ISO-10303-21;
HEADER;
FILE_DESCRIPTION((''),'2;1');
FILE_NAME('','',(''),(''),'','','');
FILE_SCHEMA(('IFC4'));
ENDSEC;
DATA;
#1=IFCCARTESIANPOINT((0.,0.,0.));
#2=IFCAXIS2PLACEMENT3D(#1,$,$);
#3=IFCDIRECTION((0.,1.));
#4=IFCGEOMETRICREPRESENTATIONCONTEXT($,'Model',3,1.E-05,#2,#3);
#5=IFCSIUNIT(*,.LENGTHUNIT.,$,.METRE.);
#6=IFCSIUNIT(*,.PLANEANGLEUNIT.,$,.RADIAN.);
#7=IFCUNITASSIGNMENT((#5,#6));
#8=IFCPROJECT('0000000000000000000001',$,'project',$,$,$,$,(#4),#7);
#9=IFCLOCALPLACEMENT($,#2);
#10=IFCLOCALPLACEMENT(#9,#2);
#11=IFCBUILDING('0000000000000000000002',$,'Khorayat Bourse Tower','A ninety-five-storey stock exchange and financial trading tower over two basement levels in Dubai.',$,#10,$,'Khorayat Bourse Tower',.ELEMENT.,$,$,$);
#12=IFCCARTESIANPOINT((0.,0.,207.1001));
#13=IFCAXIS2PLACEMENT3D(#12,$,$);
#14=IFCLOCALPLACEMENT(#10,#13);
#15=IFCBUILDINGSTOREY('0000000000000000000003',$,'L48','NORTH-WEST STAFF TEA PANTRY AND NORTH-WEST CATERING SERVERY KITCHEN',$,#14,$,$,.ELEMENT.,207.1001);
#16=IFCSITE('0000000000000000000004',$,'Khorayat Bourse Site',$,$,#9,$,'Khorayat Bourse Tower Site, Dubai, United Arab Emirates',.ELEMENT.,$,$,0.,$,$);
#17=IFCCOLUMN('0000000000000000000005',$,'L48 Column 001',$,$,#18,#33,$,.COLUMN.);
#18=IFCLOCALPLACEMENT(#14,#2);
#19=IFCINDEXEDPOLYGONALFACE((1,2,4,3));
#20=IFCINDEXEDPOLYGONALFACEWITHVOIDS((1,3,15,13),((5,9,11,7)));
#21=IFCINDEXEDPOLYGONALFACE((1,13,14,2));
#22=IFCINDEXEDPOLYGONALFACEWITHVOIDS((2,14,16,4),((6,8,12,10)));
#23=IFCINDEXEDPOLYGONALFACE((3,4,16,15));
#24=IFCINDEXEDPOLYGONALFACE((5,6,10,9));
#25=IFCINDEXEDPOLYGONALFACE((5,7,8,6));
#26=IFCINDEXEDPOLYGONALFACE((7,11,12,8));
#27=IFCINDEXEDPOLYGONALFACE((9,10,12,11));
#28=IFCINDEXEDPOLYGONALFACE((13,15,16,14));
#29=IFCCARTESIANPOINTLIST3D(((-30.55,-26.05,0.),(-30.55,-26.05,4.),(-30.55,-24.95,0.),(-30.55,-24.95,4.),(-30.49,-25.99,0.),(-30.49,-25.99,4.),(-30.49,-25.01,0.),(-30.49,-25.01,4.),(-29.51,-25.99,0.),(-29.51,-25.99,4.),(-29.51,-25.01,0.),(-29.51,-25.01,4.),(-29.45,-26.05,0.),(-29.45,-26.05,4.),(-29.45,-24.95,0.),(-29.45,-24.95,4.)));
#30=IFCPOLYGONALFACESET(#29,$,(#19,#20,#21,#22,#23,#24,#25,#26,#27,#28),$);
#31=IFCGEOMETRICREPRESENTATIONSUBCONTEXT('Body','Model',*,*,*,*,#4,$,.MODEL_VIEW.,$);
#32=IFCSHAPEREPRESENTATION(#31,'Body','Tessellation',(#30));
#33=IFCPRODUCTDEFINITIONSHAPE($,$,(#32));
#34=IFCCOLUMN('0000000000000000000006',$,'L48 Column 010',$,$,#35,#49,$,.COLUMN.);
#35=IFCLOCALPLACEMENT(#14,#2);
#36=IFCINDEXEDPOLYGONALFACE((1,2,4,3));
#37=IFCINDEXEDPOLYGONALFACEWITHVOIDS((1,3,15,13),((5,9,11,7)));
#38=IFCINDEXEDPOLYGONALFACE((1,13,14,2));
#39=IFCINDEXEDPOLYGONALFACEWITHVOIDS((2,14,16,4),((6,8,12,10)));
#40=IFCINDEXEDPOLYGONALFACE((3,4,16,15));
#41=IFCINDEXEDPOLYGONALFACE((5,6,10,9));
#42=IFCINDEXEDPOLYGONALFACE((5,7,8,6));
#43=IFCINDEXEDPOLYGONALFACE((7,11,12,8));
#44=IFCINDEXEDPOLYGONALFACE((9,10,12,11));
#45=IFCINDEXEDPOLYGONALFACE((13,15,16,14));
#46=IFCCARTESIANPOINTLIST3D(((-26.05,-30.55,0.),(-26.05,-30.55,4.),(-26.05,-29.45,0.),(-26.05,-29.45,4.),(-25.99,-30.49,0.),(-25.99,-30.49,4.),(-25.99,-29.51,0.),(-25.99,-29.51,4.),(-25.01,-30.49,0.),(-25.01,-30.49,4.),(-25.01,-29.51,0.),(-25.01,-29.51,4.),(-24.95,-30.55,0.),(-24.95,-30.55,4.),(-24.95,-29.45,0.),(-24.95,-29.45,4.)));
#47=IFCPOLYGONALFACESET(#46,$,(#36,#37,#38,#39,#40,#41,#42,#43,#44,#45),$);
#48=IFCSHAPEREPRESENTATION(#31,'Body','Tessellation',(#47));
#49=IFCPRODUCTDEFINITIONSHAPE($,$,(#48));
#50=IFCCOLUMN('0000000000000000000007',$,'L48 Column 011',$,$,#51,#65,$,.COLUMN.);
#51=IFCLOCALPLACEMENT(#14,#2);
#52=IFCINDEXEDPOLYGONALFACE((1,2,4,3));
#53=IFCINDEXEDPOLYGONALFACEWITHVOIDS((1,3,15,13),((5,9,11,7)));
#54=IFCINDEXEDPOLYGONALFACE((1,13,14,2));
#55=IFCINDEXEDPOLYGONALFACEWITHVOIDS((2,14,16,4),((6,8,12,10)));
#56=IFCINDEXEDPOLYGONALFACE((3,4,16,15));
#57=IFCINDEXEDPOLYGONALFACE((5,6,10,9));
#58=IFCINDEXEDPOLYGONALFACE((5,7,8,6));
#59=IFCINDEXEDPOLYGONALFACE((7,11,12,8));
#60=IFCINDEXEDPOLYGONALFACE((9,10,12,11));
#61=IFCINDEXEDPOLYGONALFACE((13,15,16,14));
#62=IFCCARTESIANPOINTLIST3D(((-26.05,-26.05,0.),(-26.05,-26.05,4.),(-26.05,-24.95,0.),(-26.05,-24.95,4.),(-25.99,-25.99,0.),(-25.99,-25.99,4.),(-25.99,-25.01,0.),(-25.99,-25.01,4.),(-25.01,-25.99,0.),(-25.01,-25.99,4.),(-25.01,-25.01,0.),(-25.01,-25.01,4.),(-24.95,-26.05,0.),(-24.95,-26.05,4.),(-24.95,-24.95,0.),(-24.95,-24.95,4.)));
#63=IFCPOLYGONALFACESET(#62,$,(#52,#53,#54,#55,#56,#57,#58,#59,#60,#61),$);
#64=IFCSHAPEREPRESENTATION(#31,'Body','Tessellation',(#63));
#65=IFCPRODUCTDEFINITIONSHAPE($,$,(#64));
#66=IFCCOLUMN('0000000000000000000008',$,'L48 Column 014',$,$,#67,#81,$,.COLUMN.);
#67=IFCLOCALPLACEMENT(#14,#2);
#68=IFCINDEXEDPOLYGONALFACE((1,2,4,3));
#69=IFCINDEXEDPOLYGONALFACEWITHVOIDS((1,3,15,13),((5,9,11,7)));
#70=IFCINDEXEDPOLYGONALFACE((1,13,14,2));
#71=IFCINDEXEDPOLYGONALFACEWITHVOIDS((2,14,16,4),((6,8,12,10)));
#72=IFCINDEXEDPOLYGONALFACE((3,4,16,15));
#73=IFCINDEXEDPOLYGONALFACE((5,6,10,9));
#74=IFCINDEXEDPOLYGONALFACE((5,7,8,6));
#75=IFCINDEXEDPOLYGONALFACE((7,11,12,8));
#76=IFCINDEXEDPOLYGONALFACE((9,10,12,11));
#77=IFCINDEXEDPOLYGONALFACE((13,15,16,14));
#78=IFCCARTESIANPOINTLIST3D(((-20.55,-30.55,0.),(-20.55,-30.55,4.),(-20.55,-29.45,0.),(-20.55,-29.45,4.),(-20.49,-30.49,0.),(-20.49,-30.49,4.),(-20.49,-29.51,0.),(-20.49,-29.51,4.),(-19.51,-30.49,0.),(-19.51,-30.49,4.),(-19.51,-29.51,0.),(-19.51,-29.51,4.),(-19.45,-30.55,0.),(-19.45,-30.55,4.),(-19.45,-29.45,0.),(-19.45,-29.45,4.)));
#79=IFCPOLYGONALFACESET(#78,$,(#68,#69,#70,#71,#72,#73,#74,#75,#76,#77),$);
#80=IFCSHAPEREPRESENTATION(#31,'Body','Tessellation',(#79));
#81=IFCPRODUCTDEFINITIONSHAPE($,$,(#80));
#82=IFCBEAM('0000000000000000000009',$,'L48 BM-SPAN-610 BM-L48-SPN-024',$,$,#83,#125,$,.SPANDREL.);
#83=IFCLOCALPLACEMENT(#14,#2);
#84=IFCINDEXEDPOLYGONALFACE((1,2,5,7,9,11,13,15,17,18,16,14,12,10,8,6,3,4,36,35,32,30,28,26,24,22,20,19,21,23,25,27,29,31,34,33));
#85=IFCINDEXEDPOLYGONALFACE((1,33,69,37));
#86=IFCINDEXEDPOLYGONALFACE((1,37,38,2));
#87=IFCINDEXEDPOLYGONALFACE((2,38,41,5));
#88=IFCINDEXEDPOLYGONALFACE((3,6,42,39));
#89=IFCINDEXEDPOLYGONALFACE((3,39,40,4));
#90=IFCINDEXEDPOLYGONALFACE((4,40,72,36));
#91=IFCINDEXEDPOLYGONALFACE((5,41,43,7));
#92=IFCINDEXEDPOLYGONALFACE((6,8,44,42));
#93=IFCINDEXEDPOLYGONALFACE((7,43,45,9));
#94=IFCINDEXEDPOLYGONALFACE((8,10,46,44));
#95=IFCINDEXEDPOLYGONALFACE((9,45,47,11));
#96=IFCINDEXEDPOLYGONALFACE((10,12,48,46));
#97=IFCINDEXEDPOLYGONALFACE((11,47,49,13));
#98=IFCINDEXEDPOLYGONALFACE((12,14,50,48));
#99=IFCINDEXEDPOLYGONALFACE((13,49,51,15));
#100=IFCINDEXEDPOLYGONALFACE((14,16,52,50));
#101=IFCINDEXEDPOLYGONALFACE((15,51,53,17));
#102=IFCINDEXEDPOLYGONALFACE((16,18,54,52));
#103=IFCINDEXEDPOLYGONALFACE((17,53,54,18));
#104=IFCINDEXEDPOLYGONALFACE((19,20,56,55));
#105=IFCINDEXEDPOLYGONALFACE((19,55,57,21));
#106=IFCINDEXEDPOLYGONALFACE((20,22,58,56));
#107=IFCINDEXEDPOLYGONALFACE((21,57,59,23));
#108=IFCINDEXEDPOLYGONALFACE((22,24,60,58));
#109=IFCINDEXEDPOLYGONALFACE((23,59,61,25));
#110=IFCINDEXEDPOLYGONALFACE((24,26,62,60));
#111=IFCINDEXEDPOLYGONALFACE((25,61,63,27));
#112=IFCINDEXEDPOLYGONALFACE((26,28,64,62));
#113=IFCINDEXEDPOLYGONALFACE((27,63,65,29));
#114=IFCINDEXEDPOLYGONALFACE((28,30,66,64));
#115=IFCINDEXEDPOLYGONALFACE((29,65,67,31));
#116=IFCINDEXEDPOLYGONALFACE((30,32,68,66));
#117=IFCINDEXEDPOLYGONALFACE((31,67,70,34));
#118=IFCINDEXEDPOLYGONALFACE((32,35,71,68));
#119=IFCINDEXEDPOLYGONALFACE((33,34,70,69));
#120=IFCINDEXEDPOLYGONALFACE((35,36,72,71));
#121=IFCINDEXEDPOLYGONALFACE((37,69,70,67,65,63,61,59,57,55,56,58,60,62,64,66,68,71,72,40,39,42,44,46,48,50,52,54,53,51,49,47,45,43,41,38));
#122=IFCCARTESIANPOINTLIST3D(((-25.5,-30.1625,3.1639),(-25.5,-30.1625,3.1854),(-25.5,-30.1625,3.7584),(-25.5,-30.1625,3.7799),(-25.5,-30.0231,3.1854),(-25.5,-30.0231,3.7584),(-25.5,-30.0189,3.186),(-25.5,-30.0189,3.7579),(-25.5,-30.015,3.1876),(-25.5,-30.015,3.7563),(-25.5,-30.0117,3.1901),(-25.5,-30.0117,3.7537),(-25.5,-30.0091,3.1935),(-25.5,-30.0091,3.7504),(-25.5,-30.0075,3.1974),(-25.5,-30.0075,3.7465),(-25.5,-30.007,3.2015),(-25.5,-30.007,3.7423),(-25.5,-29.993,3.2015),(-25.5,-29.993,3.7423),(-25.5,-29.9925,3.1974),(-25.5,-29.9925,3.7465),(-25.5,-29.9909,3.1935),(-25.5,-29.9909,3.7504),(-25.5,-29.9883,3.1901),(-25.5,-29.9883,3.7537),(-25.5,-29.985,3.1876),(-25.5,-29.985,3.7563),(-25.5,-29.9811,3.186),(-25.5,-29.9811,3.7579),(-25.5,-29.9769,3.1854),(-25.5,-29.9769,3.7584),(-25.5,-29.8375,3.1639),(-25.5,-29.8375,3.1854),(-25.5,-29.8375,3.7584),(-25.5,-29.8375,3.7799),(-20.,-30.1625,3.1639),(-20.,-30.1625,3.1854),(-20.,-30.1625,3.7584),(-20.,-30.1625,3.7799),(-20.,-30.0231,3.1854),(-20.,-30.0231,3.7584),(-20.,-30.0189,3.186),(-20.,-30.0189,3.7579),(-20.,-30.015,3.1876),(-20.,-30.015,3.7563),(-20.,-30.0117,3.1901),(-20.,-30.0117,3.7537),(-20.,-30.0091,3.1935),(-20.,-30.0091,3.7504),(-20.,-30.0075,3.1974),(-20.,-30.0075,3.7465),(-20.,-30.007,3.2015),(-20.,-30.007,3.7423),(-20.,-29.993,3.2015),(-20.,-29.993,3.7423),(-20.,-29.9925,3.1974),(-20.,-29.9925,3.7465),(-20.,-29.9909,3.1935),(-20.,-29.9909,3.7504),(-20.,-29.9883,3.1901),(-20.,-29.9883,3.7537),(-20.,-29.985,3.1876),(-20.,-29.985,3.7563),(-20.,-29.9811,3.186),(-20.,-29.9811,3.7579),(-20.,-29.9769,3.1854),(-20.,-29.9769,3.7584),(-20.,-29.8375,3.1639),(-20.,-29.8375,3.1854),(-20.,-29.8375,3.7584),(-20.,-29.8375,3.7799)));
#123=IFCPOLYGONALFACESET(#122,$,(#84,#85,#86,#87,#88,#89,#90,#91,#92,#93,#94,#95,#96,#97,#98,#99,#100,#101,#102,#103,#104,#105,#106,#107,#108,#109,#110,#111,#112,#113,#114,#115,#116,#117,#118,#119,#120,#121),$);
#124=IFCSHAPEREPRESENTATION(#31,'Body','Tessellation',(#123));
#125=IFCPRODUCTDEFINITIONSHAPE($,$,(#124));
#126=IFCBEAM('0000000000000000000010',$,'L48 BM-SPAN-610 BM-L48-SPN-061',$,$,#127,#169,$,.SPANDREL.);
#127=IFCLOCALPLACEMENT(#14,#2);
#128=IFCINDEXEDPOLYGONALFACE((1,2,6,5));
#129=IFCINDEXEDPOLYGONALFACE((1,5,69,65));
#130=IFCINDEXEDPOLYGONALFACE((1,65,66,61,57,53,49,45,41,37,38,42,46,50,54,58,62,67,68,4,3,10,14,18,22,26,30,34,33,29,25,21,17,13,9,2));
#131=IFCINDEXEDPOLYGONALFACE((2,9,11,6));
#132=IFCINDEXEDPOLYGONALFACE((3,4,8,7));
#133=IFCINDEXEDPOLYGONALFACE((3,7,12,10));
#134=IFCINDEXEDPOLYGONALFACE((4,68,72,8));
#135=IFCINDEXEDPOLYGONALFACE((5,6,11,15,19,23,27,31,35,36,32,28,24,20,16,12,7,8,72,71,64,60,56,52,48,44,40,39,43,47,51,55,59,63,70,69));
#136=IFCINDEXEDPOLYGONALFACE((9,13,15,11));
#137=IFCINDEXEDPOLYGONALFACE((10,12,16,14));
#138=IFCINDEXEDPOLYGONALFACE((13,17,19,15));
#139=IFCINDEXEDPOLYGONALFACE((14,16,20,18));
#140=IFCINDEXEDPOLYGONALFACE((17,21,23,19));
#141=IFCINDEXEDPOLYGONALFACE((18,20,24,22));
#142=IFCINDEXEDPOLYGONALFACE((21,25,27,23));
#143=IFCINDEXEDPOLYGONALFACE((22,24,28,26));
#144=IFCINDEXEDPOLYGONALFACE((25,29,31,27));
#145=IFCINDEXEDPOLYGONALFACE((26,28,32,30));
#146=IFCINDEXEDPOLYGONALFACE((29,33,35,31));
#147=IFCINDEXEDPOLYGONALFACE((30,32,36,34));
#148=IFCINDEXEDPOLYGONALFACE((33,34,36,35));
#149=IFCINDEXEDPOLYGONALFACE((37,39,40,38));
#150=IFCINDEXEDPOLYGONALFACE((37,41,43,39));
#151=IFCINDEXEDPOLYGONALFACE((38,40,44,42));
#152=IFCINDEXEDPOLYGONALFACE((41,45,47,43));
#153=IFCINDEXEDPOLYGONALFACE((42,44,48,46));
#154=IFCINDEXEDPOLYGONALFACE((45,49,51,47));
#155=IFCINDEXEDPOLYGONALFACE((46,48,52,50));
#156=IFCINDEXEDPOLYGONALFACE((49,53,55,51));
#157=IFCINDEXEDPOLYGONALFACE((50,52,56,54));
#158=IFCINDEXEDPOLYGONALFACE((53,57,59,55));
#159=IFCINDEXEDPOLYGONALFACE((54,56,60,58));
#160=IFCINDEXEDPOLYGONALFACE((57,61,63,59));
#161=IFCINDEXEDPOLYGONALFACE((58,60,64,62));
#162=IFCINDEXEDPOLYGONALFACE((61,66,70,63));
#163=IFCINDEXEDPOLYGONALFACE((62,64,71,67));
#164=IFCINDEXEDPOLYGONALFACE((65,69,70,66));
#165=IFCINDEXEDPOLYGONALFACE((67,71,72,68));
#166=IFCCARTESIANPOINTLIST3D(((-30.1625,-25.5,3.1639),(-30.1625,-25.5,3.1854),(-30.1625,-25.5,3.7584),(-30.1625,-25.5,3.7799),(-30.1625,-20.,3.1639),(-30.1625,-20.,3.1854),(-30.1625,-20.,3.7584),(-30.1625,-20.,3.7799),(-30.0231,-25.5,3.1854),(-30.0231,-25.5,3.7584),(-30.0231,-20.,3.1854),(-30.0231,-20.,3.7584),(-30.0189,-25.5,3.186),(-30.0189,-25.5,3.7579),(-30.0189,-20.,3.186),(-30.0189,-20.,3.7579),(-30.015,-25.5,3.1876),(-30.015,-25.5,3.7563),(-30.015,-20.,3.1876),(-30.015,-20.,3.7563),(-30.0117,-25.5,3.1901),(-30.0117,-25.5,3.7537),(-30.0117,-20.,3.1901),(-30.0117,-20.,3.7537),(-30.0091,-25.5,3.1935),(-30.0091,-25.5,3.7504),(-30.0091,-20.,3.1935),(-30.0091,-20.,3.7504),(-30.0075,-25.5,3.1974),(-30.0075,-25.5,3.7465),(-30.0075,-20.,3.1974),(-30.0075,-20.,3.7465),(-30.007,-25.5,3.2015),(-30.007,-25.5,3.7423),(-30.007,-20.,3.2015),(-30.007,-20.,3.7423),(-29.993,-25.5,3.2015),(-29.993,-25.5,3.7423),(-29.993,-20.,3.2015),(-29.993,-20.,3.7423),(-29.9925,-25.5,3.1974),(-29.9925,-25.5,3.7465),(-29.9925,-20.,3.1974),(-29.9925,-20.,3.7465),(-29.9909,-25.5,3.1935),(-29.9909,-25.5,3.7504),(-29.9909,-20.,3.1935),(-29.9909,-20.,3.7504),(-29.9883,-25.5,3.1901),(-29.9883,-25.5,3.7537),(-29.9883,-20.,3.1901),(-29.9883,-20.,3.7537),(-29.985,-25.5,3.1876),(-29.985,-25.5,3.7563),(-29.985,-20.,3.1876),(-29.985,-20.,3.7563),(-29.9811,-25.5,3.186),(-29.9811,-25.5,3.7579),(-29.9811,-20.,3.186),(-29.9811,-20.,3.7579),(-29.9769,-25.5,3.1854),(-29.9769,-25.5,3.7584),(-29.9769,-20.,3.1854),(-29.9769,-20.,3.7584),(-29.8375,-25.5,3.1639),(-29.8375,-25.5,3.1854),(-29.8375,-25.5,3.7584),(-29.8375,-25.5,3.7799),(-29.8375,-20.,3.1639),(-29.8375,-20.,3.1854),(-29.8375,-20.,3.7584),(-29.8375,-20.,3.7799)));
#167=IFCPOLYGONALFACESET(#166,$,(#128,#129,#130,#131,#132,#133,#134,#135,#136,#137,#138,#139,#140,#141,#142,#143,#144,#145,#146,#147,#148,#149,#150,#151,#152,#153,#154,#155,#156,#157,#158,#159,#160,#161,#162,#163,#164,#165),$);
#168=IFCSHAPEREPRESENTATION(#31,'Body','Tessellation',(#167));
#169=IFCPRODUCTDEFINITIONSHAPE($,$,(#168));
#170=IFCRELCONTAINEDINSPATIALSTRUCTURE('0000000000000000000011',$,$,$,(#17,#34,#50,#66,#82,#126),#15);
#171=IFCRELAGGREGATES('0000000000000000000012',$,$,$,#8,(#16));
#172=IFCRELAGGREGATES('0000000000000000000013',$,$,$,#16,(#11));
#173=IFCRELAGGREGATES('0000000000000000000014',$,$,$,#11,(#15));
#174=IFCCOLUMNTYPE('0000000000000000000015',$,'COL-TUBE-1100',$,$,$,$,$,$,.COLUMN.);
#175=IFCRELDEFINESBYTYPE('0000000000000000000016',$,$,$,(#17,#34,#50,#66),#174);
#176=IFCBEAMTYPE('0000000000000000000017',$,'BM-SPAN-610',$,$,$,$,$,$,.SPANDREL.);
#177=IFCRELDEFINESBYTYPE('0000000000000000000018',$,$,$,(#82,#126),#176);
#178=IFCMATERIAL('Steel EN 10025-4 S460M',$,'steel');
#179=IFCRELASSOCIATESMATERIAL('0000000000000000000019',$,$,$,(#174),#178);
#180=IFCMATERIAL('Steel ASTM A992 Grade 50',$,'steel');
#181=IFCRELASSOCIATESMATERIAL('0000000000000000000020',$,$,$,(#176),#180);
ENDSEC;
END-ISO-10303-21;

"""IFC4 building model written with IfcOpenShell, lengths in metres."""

from ifc_helpers import new_model, si_unit, direction, frame, origin, origin_2d, place, context, subcontext, project, spatial, hollow_rectangle, i_section, extrude, source, transform, mapped, material, material_profile, profile_set, type_object, element, save


model = new_model("IFC4")

# Units and contexts
model_context = context("Model", 3, precision=1e-05, world=origin(), true_north=direction((0.0, 1.0)))
body_context = subcontext(model_context, "Body", "Model", "MODEL_VIEW")
ifc_project = project(units=[si_unit("LENGTHUNIT", "METRE"), si_unit("PLANEANGLEUNIT", "RADIAN")], contexts=[model_context])

# Site, building, storey
site_placement = place(None, origin())
site = spatial("IfcSite", under=ifc_project, at=site_placement, Name="Khorayat Bourse Site", LongName="Khorayat Bourse Tower Site, Dubai, United Arab Emirates", CompositionType="ELEMENT", RefElevation=0.0)
building_placement = place(site_placement, origin())
building = spatial("IfcBuilding", under=site, at=building_placement, Name="Khorayat Bourse Tower", Description="A ninety-five-storey stock exchange and financial trading tower over two basement levels in Dubai.", LongName="Khorayat Bourse Tower", CompositionType="ELEMENT")
storey_placement = place(building_placement, frame((0.0, 0.0, 207.1001)))
storey = spatial("IfcBuildingStorey", under=building, at=storey_placement, Name="L48", Description="NORTH-WEST STAFF TEA PANTRY AND NORTH-WEST CATERING SERVERY KITCHEN", CompositionType="ELEMENT", Elevation=207.1001)

# Columns
ifc_material_1 = material(Name="Steel EN 10025-4 S460M", Category="steel")
ifc_material_profile_1 = material_profile(ifc_material_1, hollow_rectangle(XDim=1.1001, YDim=1.1001, WallThickness=0.0601, at=origin_2d()), Name="BOX 1100x1100x60")
ifc_profile_set_1 = profile_set([ifc_material_profile_1], Name="Steel EN 10025-4 S460M")
column_type = type_object("IfcColumnType", Name="COL-TUBE-1100", PredefinedType="COLUMN", material=ifc_profile_set_1)
shared_shape_1 = source(origin(), body_context, "Body", "SweptSolid", [
    extrude(hollow_rectangle(XDim=1.1001, YDim=1.1001, WallThickness=0.0601, at=origin_2d()), origin(), (0.0, 0.0, 1.0), 4.0),
])
for number, where, z_axis, x_axis, name in (
    (1, (-30.0, -25.5, 0.0), (0.0, 0.0, 1.0), (1.0, 0.0, 0.0), "L48 Column 001"),
    (2, (-25.5, -30.0, 0.0), (0.0, 0.0, 1.0), (1.0, 0.0, 0.0), "L48 Column 010"),
    (3, (-25.5, -25.5, 0.0), (0.0, 0.0, 1.0), (1.0, 0.0, 0.0), "L48 Column 011"),
    (4, (-20.0, -30.0, 0.0), (0.0, 0.0, 1.0), (1.0, 0.0, 0.0), "L48 Column 014"),
):
    element("IfcColumn", number, at=place(storey_placement, frame(where, z_axis=z_axis, x_axis=x_axis)), inside=storey, type_object=column_type, Name=name, PredefinedType="COLUMN", context=body_context, shape_type="MappedRepresentation", body=[
        mapped(shared_shape_1, transform((0.0, 0.0, 0.0), scale=1.0)),
    ])

# Beams
ifc_material_2 = material(Name="Steel ASTM A992 Grade 50", Category="steel")
ifc_material_profile_2 = material_profile(ifc_material_2, i_section(OverallWidth=0.325, OverallDepth=0.616, WebThickness=0.0139, FlangeThickness=0.0215, FilletRadius=0.0161, at=origin_2d()), Name="W610X174")
ifc_profile_set_2 = profile_set([ifc_material_profile_2], Name="Steel ASTM A992 Grade 50")
beam_type_1 = type_object("IfcBeamType", Name="BM-SPAN-610", PredefinedType="SPANDREL", material=ifc_profile_set_2)
shared_shape_2 = source(origin(), body_context, "Body", "SweptSolid", [
    extrude(i_section(OverallWidth=0.325, OverallDepth=0.616, WebThickness=0.0139, FlangeThickness=0.0215, FilletRadius=0.0161, at=origin_2d()), origin(), (0.0, 0.0, 1.0), 5.5),
])
for number, where, z_axis, x_axis, name in (
    (5, (-25.5, -30.0, 3.4719), (1.0, 0.0, 0.0), (0.0, 1.0, 0.0), "L48 BM-SPAN-610 BM-L48-SPN-024"),
    (6, (-30.0, -25.5, 3.4719), (0.0, 1.0, 0.0), (-1.0, 0.0, 0.0), "L48 BM-SPAN-610 BM-L48-SPN-061"),
):
    element("IfcBeam", number, at=place(storey_placement, frame(where, z_axis=z_axis, x_axis=x_axis)), inside=storey, type_object=beam_type_1, Name=name, PredefinedType="SPANDREL", context=body_context, shape_type="MappedRepresentation", body=[
        mapped(shared_shape_2, transform((0.0, 0.0, 0.0), scale=1.0)),
    ])

save(model, "model.ifc")
